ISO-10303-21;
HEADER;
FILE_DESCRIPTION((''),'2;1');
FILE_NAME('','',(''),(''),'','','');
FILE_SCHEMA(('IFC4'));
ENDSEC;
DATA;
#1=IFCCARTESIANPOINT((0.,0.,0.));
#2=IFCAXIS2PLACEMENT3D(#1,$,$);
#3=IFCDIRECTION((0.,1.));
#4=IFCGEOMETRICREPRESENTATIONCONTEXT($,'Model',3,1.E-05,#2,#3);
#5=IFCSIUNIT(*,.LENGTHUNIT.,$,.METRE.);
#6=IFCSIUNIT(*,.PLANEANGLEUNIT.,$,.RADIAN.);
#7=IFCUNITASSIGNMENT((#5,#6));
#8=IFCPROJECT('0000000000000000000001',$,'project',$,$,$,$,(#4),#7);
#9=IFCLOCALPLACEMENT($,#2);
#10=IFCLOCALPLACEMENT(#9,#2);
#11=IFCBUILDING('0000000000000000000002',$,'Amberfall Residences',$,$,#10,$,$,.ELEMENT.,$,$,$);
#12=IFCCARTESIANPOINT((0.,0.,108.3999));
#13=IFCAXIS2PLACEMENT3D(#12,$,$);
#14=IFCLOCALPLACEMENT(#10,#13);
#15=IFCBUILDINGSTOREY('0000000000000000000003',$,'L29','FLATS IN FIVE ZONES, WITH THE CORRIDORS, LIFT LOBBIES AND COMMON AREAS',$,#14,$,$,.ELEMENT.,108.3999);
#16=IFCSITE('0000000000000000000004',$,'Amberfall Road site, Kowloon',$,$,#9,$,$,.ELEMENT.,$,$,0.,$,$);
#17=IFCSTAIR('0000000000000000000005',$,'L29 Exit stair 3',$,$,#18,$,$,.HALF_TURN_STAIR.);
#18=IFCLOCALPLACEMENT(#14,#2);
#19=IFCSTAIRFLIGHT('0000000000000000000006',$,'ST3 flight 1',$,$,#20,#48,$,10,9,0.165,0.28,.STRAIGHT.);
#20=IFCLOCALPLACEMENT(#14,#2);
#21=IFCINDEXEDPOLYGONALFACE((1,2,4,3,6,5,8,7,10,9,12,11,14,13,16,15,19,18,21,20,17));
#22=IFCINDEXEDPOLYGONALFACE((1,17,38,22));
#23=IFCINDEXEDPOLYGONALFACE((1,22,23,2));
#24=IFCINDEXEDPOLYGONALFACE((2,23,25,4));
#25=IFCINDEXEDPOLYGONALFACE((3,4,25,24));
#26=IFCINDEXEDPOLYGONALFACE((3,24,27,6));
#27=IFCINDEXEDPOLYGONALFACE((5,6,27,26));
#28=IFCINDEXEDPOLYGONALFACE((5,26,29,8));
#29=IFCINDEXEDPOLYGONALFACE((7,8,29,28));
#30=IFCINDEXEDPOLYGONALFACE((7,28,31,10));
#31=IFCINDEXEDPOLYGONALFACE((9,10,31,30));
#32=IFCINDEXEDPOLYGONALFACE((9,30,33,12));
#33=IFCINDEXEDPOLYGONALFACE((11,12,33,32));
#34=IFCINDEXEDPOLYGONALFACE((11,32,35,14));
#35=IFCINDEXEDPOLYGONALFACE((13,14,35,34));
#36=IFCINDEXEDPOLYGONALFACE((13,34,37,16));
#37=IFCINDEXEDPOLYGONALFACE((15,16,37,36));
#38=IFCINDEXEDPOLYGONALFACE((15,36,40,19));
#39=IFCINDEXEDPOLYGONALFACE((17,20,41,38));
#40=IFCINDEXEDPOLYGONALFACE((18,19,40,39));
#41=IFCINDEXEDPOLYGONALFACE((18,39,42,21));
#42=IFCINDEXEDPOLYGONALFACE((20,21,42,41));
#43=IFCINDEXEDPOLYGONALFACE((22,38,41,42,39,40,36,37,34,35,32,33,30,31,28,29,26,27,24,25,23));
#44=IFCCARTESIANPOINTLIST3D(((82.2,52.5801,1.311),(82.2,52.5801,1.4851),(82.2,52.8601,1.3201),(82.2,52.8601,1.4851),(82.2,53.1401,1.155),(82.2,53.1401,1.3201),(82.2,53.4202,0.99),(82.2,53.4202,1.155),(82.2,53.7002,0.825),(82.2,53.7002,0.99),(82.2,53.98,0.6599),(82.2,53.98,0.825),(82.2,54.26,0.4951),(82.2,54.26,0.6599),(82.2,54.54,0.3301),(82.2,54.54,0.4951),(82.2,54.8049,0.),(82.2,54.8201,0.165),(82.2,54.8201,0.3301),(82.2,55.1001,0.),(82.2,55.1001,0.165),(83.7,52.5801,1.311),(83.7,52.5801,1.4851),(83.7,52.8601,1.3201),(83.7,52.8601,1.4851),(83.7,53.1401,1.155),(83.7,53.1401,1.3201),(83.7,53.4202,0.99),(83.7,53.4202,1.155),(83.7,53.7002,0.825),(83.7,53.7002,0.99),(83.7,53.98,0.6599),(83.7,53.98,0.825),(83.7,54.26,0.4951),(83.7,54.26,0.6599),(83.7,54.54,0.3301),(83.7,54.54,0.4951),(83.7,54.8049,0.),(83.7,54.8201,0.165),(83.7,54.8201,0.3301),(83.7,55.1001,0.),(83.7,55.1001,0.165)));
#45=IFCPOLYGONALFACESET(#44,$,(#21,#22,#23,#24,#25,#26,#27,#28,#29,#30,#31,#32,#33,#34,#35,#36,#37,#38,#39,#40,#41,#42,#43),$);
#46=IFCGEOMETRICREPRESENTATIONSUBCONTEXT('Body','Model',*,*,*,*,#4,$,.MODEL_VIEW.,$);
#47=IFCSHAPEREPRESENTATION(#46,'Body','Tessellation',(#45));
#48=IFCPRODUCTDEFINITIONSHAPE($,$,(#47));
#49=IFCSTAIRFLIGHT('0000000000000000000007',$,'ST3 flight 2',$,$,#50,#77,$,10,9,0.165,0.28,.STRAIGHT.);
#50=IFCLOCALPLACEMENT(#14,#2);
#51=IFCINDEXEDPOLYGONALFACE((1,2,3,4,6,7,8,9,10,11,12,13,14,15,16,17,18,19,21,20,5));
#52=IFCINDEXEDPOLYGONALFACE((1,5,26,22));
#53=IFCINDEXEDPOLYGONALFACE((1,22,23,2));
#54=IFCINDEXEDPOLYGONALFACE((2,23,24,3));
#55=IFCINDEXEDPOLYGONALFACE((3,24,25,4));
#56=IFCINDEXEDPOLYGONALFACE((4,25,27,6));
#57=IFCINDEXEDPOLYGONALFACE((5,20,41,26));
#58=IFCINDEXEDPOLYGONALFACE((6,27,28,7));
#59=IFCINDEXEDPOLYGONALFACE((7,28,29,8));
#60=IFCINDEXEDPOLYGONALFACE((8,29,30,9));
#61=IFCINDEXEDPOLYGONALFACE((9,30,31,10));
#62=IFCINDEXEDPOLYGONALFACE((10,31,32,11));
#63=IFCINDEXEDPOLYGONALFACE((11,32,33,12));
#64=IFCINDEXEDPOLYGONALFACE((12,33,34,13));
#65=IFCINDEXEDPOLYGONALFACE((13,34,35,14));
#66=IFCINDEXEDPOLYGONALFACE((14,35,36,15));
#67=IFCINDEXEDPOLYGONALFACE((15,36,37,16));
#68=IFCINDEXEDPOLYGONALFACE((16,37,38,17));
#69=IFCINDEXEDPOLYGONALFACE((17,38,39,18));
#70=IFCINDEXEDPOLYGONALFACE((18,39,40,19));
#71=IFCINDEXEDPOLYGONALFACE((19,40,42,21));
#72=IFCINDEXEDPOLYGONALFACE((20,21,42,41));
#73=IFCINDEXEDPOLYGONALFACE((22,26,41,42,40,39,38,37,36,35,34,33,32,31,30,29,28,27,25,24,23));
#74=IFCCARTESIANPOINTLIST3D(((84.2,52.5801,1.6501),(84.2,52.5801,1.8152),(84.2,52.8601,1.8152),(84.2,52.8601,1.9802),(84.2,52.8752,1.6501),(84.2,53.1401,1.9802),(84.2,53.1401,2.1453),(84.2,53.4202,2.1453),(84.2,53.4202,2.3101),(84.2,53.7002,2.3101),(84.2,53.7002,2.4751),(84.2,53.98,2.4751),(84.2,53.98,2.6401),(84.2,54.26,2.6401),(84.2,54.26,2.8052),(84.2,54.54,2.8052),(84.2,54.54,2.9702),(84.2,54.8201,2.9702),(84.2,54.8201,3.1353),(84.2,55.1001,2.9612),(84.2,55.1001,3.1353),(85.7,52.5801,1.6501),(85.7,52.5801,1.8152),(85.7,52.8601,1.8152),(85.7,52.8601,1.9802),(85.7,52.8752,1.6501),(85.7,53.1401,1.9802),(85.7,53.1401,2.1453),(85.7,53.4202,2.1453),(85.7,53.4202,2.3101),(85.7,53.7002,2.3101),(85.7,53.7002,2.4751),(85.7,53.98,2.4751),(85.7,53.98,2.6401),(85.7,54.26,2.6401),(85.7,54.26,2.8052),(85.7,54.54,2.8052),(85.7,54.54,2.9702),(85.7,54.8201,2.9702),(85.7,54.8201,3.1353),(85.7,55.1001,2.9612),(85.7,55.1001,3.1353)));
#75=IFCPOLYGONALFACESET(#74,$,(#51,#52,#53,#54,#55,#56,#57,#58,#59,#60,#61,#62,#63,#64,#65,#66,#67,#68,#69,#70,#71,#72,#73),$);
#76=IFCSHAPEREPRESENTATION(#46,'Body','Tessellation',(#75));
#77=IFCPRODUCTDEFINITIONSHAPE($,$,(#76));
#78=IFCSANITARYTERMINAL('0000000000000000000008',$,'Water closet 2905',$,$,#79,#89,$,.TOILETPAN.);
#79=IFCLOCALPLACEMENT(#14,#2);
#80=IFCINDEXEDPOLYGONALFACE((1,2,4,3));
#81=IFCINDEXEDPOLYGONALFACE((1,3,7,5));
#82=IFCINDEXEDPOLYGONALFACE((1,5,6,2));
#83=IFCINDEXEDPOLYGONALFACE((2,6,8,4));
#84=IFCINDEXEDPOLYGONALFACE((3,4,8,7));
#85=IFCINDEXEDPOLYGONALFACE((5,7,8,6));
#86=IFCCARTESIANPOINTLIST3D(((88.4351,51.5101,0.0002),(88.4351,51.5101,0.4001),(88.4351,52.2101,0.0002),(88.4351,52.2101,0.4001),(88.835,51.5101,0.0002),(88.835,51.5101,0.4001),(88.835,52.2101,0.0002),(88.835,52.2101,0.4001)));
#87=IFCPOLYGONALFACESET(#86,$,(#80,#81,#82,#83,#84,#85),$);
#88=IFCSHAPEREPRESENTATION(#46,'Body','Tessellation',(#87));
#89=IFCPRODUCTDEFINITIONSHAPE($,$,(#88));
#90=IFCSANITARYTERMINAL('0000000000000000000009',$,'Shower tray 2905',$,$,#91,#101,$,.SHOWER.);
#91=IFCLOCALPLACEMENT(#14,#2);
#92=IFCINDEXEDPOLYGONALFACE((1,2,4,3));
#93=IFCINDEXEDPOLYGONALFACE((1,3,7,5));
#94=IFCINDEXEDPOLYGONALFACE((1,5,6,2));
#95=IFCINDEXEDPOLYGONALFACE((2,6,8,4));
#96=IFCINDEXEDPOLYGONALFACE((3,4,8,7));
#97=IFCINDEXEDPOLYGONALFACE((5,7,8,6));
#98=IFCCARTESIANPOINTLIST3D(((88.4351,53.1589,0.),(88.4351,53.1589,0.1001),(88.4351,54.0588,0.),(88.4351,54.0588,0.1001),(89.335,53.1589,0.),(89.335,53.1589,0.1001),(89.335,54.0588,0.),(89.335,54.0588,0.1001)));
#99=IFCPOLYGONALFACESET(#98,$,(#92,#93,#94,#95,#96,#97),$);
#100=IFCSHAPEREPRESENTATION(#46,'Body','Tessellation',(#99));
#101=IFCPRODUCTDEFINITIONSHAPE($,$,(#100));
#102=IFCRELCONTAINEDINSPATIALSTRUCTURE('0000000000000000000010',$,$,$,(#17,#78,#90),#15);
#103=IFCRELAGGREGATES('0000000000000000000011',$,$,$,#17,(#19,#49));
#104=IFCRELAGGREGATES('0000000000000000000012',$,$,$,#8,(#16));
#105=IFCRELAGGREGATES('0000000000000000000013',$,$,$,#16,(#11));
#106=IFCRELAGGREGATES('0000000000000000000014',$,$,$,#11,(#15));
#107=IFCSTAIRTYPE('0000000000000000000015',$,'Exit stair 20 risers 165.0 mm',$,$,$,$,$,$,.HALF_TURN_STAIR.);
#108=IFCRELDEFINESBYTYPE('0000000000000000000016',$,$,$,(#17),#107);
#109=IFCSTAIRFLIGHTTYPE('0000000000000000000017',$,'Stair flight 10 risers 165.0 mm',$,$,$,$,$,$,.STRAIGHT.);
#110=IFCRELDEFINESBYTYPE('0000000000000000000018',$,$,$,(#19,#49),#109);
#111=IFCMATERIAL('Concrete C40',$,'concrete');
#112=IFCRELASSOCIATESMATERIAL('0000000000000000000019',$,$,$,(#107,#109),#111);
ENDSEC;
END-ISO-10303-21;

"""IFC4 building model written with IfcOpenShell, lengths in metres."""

from ifc_helpers import new_model, si_unit, direction, frame, origin, origin_2d, place, context, subcontext, project, spatial, polyline, rectangle, outline, extrude, material, type_object, element, aggregate, save


model = new_model("IFC4")

# Units and contexts
model_context = context("Model", 3, precision=1e-05, world=origin(), true_north=direction((0.0, 1.0)))
body_context = subcontext(model_context, "Body", "Model", "MODEL_VIEW")
ifc_project = project(units=[si_unit("LENGTHUNIT", "METRE"), si_unit("PLANEANGLEUNIT", "RADIAN")], contexts=[model_context])

# Site, building, storey
site_placement = place(None, origin())
site = spatial("IfcSite", under=ifc_project, at=site_placement, Name="Amberfall Road site, Kowloon", CompositionType="ELEMENT", RefElevation=0.0)
building_placement = place(site_placement, origin())
building = spatial("IfcBuilding", under=site, at=building_placement, Name="Amberfall Residences", CompositionType="ELEMENT")
storey_placement = place(building_placement, frame((0.0, 0.0, 108.3999)))
storey = spatial("IfcBuildingStorey", under=building, at=storey_placement, Name="L29", Description="FLATS IN FIVE ZONES, WITH THE CORRIDORS, LIFT LOBBIES AND COMMON AREAS", CompositionType="ELEMENT", Elevation=108.3999)

# Stair, stair flights
ifc_material_1 = material(Name="Concrete C40", Category="concrete")
stair_type = type_object("IfcStairType", Name="Exit stair 20 risers 165.0 mm", PredefinedType="HALF_TURN_STAIR", material=ifc_material_1)
stair_placement = place(storey_placement, origin())
stair = element("IfcStair", 1, at=stair_placement, inside=storey, type_object=stair_type, Name="L29 Exit stair 3", PredefinedType="HALF_TURN_STAIR")
stair_flight_type = type_object("IfcStairFlightType", Name="Stair flight 10 risers 165.0 mm", PredefinedType="STRAIGHT", material=ifc_material_1)
stair_flight_1_placement = place(storey_placement, frame((82.95, 55.1001, 0.0), z_axis=(0.0, 0.0, 1.0), x_axis=(0.0, -1.0, 0.0)))
stair_flight_1 = element("IfcStairFlight", 2, at=stair_flight_1_placement, type_object=stair_flight_type, Name="ST3 flight 1", NumberOfRisers=10, NumberOfTreads=9, PredefinedType="STRAIGHT", RiserHeight=0.165, TreadLength=0.28, context=body_context, shape_type="SweptSolid", body=[
    extrude(outline(polyline([(0.0, 0.0), (0.0, 0.165), (0.28, 0.165), (0.28, 0.3301), (0.5601, 0.3301), (0.5601, 0.4951), (0.8401, 0.4951), (0.8401, 0.6599), (1.1201, 0.6599), (1.1201, 0.825), (1.3999, 0.825), (1.3999, 0.99), (1.6799, 0.99), (1.6799, 1.155), (1.96, 1.155), (1.96, 1.3201), (2.24, 1.3201), (2.24, 1.4851), (2.52, 1.4851), (2.52, 1.6499), (2.52, 1.311), (0.2952, 0.0), (0.0, 0.0)])), frame((0.0, 0.75, 0.0), z_axis=(0.0, -1.0, 0.0), x_axis=(1.0, 0.0, 0.0)), (0.0, 0.0, 1.0), 1.5),
])
stair_flight_2_placement = place(storey_placement, frame((84.95, 52.5801, 1.6501), z_axis=(0.0, 0.0, 1.0), x_axis=(0.0, 1.0, 0.0)))
stair_flight_2 = element("IfcStairFlight", 3, at=stair_flight_2_placement, type_object=stair_flight_type, Name="ST3 flight 2", NumberOfRisers=10, NumberOfTreads=9, PredefinedType="STRAIGHT", RiserHeight=0.165, TreadLength=0.28, context=body_context, shape_type="SweptSolid", body=[
    extrude(outline(polyline([(0.0, 0.0), (0.0, 0.165), (0.28, 0.165), (0.28, 0.3301), (0.5601, 0.3301), (0.5601, 0.4951), (0.8401, 0.4951), (0.8401, 0.6599), (1.1201, 0.6599), (1.1201, 0.825), (1.3999, 0.825), (1.3999, 0.99), (1.6799, 0.99), (1.6799, 1.155), (1.96, 1.155), (1.96, 1.3201), (2.24, 1.3201), (2.24, 1.4851), (2.52, 1.4851), (2.52, 1.6499), (2.52, 1.311), (0.2952, 0.0), (0.0, 0.0)])), frame((0.0, 0.75, 0.0), z_axis=(0.0, -1.0, 0.0), x_axis=(1.0, 0.0, 0.0)), (0.0, 0.0, 1.0), 1.5),
])
aggregate(stair, [stair_flight_1, stair_flight_2])

# Sanitary terminals
sanitary_terminal_1_placement = place(storey_placement, frame((88.635, 51.8601, 0.0002), z_axis=(0.0, 0.0, 1.0), x_axis=(1.0, 0.0, 0.0)))
element("IfcSanitaryTerminal", 4, at=sanitary_terminal_1_placement, inside=storey, Name="Water closet 2905", PredefinedType="TOILETPAN", context=body_context, shape_type="SweptSolid", body=[
    extrude(rectangle(XDim=0.3999, YDim=0.7, at=origin_2d()), origin(), (0.0, 0.0, 1.0), 0.3999),
])
sanitary_terminal_2_placement = place(storey_placement, frame((88.885, 53.6089, 0.0), z_axis=(0.0, 0.0, 1.0), x_axis=(1.0, 0.0, 0.0)))
element("IfcSanitaryTerminal", 5, at=sanitary_terminal_2_placement, inside=storey, Name="Shower tray 2905", PredefinedType="SHOWER", context=body_context, shape_type="SweptSolid", body=[
    extrude(rectangle(XDim=0.8999, YDim=0.8999, at=origin_2d()), origin(), (0.0, 0.0, 1.0), 0.1001),
])

save(model, "model.ifc")
